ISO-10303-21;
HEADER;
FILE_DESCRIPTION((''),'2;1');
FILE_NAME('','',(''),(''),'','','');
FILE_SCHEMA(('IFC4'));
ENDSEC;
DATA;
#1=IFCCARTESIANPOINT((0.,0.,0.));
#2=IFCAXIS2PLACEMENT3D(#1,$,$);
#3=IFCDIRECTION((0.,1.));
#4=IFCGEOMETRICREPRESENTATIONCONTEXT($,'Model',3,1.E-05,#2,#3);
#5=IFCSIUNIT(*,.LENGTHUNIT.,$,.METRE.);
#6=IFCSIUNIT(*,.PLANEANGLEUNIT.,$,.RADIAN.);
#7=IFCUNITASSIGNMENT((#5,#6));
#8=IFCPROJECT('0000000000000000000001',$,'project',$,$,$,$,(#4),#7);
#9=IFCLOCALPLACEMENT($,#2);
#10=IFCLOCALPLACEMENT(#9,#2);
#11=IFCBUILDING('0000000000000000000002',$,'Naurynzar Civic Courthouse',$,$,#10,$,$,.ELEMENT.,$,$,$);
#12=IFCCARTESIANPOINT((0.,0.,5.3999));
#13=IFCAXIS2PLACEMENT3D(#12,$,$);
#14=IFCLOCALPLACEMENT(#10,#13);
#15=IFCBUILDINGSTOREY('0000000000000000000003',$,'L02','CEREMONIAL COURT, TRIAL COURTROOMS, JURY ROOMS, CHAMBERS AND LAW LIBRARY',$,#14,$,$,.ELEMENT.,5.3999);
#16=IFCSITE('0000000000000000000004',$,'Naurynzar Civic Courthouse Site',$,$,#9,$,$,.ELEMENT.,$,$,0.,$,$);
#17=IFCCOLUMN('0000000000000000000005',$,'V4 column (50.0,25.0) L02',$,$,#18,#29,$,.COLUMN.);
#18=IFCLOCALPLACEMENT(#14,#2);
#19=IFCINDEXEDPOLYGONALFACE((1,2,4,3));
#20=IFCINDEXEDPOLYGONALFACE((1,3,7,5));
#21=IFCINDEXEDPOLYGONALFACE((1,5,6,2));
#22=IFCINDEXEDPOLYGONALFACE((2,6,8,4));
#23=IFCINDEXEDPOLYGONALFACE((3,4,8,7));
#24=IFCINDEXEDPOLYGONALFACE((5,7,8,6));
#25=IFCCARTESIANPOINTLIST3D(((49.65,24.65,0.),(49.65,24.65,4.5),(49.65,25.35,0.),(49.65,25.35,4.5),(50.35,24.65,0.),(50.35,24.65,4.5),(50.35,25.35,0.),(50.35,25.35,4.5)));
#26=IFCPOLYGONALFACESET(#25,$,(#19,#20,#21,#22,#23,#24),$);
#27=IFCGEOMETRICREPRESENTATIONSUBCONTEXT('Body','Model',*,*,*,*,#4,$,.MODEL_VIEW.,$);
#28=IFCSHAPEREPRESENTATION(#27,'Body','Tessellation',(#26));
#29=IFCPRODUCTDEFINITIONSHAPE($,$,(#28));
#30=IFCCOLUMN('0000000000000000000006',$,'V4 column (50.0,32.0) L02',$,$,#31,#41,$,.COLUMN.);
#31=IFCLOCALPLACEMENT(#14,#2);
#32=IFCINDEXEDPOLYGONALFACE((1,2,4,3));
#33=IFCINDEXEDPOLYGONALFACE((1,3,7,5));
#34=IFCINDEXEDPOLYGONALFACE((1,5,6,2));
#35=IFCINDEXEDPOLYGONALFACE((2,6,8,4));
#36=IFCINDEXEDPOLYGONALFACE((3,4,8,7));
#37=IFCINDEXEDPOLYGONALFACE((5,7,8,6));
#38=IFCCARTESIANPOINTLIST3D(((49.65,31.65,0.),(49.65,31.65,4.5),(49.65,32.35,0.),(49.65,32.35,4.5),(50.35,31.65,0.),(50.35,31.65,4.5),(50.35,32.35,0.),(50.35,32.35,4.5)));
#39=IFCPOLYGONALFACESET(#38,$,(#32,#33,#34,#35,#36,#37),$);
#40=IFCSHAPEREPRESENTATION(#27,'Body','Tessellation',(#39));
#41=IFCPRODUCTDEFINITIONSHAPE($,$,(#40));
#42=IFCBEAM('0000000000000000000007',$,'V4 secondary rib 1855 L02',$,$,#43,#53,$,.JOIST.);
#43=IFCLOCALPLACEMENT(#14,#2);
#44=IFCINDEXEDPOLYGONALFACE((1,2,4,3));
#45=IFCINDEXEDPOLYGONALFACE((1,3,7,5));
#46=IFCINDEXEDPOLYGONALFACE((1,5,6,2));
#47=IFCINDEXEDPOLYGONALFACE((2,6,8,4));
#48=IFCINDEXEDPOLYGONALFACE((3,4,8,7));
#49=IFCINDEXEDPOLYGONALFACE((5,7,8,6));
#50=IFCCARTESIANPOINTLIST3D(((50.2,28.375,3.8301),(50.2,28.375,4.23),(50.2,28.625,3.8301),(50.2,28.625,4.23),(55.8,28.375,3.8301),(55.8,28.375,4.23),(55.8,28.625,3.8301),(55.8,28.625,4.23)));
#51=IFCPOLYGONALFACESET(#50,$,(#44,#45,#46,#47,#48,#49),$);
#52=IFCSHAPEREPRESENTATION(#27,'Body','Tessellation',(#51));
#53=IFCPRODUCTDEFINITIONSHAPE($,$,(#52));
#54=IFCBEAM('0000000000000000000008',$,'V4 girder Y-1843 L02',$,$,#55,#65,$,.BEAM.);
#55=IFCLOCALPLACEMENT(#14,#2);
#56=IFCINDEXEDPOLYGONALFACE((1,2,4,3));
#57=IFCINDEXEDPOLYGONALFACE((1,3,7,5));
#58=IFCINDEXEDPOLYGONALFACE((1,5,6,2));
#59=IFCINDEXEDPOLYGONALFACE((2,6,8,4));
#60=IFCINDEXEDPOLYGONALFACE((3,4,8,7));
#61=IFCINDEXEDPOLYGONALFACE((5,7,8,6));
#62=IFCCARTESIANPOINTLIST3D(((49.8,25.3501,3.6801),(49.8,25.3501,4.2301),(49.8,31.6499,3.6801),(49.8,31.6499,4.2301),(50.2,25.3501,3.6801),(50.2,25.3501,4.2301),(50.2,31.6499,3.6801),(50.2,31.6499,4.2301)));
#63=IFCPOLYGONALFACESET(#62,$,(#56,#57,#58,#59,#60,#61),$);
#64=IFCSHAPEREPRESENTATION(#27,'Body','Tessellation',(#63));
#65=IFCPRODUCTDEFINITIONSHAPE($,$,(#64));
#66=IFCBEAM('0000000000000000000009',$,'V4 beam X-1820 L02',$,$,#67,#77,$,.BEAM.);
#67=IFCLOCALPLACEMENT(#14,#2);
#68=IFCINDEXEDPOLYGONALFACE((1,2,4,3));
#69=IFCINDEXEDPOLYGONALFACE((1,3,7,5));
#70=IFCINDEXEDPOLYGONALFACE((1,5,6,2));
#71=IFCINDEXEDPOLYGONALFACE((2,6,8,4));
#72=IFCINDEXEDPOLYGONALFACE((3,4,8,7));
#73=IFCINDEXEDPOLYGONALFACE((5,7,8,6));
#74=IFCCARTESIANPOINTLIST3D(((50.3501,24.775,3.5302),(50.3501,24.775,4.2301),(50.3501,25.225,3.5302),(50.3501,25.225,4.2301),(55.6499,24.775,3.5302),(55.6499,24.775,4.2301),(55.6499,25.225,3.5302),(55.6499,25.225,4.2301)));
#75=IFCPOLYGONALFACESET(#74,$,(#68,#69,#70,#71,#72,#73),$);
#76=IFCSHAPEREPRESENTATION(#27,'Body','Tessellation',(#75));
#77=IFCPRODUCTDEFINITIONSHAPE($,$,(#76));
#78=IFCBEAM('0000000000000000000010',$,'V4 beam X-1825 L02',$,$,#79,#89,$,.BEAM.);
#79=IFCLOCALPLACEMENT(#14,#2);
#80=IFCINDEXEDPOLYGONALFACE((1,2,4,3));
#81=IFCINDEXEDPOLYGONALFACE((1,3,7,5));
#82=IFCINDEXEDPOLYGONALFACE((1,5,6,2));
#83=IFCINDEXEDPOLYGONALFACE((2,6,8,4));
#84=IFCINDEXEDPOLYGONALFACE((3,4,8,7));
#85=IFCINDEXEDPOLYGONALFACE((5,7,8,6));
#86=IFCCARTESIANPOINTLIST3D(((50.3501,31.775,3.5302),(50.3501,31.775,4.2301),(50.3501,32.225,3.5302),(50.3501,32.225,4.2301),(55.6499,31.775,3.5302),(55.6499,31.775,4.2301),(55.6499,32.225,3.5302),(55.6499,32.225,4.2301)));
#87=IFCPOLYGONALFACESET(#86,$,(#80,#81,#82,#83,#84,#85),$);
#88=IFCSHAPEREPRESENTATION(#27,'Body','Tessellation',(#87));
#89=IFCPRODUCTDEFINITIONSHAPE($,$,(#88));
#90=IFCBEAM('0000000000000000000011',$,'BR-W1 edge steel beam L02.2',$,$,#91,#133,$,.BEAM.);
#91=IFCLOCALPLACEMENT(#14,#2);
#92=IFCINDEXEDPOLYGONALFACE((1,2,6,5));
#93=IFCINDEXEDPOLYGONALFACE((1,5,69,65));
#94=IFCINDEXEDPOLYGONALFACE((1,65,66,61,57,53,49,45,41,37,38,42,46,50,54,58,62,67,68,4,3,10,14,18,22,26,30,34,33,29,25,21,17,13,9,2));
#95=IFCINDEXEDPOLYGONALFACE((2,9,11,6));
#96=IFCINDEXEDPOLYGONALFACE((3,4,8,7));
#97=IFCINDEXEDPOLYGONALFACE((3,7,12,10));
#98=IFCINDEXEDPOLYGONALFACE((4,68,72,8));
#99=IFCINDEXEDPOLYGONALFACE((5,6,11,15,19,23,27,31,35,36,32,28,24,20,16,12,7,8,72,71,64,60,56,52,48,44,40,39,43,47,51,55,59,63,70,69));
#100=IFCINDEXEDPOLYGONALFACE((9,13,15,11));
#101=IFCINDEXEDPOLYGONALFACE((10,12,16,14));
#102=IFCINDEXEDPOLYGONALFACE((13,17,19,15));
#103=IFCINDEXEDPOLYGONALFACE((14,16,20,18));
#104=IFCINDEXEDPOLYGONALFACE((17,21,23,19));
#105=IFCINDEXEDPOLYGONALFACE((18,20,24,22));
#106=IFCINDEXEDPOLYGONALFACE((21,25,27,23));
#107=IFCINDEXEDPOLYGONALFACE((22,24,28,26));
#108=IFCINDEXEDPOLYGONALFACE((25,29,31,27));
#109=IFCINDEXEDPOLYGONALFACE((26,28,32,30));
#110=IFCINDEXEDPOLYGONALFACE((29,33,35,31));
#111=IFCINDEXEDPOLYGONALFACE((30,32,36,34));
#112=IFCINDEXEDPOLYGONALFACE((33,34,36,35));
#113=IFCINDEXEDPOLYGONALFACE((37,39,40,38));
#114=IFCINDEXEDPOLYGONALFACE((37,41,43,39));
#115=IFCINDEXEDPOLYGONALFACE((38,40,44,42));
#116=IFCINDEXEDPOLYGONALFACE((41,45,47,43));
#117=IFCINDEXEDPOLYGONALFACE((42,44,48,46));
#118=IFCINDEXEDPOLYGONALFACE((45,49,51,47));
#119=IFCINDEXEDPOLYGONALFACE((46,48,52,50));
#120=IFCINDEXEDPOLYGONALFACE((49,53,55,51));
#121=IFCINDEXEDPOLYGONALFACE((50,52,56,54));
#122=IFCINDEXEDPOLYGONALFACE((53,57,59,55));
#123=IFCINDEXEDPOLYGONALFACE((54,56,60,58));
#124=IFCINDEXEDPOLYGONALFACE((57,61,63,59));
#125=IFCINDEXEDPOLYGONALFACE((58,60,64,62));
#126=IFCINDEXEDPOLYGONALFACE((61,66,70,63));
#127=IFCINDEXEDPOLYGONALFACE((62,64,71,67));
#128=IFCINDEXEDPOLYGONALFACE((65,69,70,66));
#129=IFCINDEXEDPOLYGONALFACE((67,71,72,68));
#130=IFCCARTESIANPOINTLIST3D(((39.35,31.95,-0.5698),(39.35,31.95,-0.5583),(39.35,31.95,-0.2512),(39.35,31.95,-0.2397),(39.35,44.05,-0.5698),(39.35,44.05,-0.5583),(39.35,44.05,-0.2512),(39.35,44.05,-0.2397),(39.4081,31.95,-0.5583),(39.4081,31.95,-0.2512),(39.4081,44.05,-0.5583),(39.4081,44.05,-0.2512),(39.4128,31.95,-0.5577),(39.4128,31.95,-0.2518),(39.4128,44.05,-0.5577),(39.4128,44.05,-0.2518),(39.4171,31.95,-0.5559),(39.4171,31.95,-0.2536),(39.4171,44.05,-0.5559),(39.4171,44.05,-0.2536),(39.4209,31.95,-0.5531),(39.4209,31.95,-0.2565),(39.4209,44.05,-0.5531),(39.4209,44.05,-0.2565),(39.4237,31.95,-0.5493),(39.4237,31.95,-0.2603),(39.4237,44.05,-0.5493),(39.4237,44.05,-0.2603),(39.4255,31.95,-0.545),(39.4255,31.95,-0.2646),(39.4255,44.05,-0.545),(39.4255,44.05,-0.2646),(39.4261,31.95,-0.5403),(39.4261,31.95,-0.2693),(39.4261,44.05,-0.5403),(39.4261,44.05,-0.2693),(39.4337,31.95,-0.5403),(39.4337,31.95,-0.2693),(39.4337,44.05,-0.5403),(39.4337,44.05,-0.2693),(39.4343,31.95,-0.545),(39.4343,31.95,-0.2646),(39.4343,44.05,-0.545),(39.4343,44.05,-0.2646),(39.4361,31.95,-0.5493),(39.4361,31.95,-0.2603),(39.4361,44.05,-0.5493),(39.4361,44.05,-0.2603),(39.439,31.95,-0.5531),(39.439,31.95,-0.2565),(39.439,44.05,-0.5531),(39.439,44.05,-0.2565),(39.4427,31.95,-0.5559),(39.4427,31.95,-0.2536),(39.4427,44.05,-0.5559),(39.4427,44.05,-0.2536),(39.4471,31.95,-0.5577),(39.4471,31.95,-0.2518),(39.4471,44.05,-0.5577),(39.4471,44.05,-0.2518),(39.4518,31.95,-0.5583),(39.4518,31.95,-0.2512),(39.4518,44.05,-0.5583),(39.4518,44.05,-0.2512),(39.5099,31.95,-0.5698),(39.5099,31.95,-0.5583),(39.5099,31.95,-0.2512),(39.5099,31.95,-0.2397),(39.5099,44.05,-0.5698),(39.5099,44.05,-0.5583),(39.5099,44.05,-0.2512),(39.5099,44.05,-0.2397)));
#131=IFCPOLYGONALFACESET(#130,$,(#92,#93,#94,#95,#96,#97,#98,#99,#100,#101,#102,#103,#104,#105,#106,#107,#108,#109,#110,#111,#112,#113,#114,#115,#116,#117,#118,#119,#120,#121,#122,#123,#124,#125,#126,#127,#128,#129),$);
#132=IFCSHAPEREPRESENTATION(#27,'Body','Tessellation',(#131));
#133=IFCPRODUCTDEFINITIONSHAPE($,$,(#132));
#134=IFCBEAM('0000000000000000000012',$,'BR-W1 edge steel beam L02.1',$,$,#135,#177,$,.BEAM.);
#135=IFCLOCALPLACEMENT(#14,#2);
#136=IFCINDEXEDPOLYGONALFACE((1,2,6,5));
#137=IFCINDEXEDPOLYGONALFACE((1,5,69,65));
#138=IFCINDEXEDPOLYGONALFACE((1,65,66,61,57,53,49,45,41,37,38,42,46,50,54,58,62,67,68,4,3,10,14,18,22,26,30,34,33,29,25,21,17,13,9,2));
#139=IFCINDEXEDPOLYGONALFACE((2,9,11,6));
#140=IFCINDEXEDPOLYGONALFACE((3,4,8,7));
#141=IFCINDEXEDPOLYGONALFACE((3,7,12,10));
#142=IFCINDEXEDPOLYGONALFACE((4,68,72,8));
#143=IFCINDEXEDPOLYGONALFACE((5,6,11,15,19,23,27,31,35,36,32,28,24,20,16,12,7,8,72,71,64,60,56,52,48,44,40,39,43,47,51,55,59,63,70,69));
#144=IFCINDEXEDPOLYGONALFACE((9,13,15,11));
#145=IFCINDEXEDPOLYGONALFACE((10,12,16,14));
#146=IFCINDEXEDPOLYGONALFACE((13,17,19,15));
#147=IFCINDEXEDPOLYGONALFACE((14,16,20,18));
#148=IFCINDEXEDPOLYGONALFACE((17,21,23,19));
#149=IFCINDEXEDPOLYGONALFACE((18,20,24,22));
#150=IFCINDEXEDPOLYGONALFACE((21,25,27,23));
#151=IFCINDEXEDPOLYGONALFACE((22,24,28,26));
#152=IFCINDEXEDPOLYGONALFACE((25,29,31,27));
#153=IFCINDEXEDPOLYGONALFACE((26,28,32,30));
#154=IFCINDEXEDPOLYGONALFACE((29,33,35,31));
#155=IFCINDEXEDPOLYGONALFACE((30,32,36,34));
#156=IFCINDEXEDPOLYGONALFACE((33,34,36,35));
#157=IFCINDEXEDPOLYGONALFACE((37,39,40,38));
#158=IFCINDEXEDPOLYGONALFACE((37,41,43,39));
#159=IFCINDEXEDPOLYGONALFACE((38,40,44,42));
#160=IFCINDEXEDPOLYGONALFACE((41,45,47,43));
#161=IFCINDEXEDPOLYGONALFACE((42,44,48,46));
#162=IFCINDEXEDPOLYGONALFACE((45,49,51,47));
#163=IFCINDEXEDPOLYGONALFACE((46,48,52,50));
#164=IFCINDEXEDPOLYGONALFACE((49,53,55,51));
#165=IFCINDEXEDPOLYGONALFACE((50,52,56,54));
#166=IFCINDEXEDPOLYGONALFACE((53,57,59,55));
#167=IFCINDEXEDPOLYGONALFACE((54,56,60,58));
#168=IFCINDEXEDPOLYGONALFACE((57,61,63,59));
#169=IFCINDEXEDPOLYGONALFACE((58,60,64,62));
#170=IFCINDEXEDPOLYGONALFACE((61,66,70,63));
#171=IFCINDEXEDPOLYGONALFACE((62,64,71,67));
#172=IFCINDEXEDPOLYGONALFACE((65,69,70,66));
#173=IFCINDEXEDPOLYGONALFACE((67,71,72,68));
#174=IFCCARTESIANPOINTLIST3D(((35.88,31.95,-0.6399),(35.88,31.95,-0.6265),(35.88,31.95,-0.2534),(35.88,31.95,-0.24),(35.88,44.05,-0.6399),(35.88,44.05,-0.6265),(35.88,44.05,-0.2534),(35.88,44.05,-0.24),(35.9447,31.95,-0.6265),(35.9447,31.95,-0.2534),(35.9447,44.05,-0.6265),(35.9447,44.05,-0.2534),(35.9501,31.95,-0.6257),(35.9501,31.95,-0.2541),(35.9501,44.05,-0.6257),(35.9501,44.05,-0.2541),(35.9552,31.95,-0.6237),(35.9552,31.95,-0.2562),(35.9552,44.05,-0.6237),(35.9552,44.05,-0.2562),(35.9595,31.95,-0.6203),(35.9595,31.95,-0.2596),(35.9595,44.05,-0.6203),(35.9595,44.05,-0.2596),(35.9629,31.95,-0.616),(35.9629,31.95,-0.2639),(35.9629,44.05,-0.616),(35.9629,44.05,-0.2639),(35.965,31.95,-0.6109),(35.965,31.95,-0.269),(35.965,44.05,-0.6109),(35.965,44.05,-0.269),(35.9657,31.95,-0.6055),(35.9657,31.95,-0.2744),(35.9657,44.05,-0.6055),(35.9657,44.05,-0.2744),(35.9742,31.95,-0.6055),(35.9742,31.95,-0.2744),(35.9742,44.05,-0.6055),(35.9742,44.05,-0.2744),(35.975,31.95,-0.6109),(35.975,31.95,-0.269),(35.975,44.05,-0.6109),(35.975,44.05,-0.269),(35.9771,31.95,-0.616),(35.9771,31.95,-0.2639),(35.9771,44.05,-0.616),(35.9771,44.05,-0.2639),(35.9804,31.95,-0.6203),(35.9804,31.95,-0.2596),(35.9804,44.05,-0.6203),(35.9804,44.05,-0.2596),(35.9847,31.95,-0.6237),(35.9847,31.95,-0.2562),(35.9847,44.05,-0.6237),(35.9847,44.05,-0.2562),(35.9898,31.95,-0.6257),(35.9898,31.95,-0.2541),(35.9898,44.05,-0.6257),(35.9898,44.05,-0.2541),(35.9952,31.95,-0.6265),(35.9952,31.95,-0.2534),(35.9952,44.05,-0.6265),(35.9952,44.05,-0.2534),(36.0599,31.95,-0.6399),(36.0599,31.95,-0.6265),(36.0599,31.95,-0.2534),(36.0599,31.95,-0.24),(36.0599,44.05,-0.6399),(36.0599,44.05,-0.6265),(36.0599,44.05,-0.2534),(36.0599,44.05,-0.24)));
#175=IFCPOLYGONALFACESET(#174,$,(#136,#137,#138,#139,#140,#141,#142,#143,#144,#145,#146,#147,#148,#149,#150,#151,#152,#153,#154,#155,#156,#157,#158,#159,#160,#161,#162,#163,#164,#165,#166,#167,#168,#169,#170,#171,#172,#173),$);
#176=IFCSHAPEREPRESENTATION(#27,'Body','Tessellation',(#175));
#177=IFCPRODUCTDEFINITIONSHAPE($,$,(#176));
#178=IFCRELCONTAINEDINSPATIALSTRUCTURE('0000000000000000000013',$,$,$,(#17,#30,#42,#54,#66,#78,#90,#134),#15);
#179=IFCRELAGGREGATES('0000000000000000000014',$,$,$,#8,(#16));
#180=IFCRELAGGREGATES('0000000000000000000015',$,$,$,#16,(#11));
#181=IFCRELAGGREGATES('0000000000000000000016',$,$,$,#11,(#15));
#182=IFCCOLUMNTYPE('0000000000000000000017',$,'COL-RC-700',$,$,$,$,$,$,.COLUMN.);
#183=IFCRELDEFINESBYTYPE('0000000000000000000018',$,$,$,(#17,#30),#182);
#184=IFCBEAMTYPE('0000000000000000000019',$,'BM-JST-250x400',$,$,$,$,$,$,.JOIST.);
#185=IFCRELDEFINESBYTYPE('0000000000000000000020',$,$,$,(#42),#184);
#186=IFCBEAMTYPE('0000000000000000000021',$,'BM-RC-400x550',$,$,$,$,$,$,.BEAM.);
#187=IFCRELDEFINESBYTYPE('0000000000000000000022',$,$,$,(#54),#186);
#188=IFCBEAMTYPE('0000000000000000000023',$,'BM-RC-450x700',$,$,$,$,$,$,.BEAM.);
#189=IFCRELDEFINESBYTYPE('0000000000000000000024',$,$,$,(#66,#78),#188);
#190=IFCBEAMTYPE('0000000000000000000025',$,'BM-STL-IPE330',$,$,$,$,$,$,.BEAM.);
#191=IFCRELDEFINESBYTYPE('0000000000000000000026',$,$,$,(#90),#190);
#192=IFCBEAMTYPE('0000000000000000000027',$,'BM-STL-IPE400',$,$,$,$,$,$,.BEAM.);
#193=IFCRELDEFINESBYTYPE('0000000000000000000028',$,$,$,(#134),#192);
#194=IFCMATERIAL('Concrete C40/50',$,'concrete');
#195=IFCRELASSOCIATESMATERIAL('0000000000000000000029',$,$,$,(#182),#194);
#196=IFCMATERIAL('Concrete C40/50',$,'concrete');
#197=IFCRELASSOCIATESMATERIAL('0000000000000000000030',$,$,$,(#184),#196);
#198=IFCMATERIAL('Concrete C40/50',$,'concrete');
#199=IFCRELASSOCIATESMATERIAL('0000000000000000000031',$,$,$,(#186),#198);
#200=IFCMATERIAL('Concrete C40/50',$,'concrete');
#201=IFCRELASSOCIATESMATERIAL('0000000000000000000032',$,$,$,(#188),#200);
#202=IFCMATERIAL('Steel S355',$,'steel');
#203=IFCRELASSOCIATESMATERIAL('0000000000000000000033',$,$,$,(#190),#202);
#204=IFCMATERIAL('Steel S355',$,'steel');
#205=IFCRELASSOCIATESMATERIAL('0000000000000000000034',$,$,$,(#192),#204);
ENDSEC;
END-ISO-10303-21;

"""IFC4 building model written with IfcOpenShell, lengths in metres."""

from ifc_helpers import new_model, si_unit, direction, frame, origin, origin_2d, place, context, subcontext, project, spatial, rectangle, i_section, extrude, material, material_profile, profile_set, type_object, element, save


model = new_model("IFC4")

# Units and contexts
model_context = context("Model", 3, precision=1e-05, world=origin(), true_north=direction((0.0, 1.0)))
body_context = subcontext(model_context, "Body", "Model", "MODEL_VIEW")
ifc_project = project(units=[si_unit("LENGTHUNIT", "METRE"), si_unit("PLANEANGLEUNIT", "RADIAN")], contexts=[model_context])

# Site, building, storey
site_placement = place(None, origin())
site = spatial("IfcSite", under=ifc_project, at=site_placement, Name="Naurynzar Civic Courthouse Site", CompositionType="ELEMENT", RefElevation=0.0)
building_placement = place(site_placement, origin())
building = spatial("IfcBuilding", under=site, at=building_placement, Name="Naurynzar Civic Courthouse", CompositionType="ELEMENT")
storey_placement = place(building_placement, frame((0.0, 0.0, 5.3999)))
storey = spatial("IfcBuildingStorey", under=building, at=storey_placement, Name="L02", Description="CEREMONIAL COURT, TRIAL COURTROOMS, JURY ROOMS, CHAMBERS AND LAW LIBRARY", CompositionType="ELEMENT", Elevation=5.3999)

# Columns
ifc_material_1 = material(Name="Concrete C40/50", Category="concrete")
ifc_material_profile_1 = material_profile(ifc_material_1, rectangle(XDim=0.7, YDim=0.7, at=origin_2d()), Name="RC 700x700")
ifc_profile_set_1 = profile_set([ifc_material_profile_1], Name="Concrete C40/50")
column_type = type_object("IfcColumnType", Name="COL-RC-700", PredefinedType="COLUMN", material=ifc_profile_set_1)
for number, where, z_axis, x_axis, name in (
    (1, (50.0, 25.0, 0.0), (0.0, 0.0, 1.0), (1.0, 0.0, 0.0), "V4 column (50.0,25.0) L02"),
    (2, (50.0, 32.0, 0.0), (0.0, 0.0, 1.0), (1.0, 0.0, 0.0), "V4 column (50.0,32.0) L02"),
):
    element("IfcColumn", number, at=place(storey_placement, frame(where, z_axis=z_axis, x_axis=x_axis)), inside=storey, type_object=column_type, Name=name, PredefinedType="COLUMN", context=body_context, shape_type="SweptSolid", body=[
        extrude(rectangle(XDim=0.7, YDim=0.7, at=origin_2d()), origin(), (0.0, 0.0, 1.0), 4.5),
    ])

# Beams
ifc_material_2 = material(Name="Concrete C40/50", Category="concrete")
ifc_material_profile_2 = material_profile(ifc_material_2, rectangle(XDim=0.25, YDim=0.3999, at=origin_2d()), Name="RCB 250x400")
ifc_profile_set_2 = profile_set([ifc_material_profile_2], Name="Concrete C40/50")
beam_type_1 = type_object("IfcBeamType", Name="BM-JST-250x400", PredefinedType="JOIST", material=ifc_profile_set_2)
beam_1_placement = place(storey_placement, frame((50.2, 28.5, 4.03), z_axis=(1.0, 0.0, 0.0), x_axis=(0.0, 1.0, 0.0)))
element("IfcBeam", 3, at=beam_1_placement, inside=storey, type_object=beam_type_1, Name="V4 secondary rib 1855 L02", PredefinedType="JOIST", context=body_context, shape_type="SweptSolid", body=[
    extrude(rectangle(XDim=0.25, YDim=0.3999, at=origin_2d()), origin(), (0.0, 0.0, 1.0), 5.6001),
])
ifc_material_3 = material(Name="Concrete C40/50", Category="concrete")
ifc_material_profile_3 = material_profile(ifc_material_3, rectangle(XDim=0.3999, YDim=0.55, at=origin_2d()), Name="RCB 400x550")
ifc_profile_set_3 = profile_set([ifc_material_profile_3], Name="Concrete C40/50")
beam_type_2 = type_object("IfcBeamType", Name="BM-RC-400x550", PredefinedType="BEAM", material=ifc_profile_set_3)
beam_2_placement = place(storey_placement, frame((50.0, 25.3501, 3.9551), z_axis=(0.0, 1.0, 0.0), x_axis=(-1.0, 0.0, 0.0)))
element("IfcBeam", 4, at=beam_2_placement, inside=storey, type_object=beam_type_2, Name="V4 girder Y-1843 L02", PredefinedType="BEAM", context=body_context, shape_type="SweptSolid", body=[
    extrude(rectangle(XDim=0.3999, YDim=0.55, at=origin_2d()), origin(), (0.0, 0.0, 1.0), 6.2998),
])
ifc_material_4 = material(Name="Concrete C40/50", Category="concrete")
ifc_material_profile_4 = material_profile(ifc_material_4, rectangle(XDim=0.45, YDim=0.7, at=origin_2d()), Name="RCB 450x700")
ifc_profile_set_4 = profile_set([ifc_material_profile_4], Name="Concrete C40/50")
beam_type_3 = type_object("IfcBeamType", Name="BM-RC-450x700", PredefinedType="BEAM", material=ifc_profile_set_4)
for number, where, z_axis, x_axis, name in (
    (5, (50.3501, 25.0, 3.8801), (1.0, 0.0, 0.0), (0.0, 1.0, 0.0), "V4 beam X-1820 L02"),
    (6, (50.3501, 32.0, 3.8801), (1.0, 0.0, 0.0), (0.0, 1.0, 0.0), "V4 beam X-1825 L02"),
):
    element("IfcBeam", number, at=place(storey_placement, frame(where, z_axis=z_axis, x_axis=x_axis)), inside=storey, type_object=beam_type_3, Name=name, PredefinedType="BEAM", context=body_context, shape_type="SweptSolid", body=[
        extrude(rectangle(XDim=0.45, YDim=0.7, at=origin_2d()), origin(), (0.0, 0.0, 1.0), 5.2998),
    ])
ifc_material_5 = material(Name="Steel S355", Category="steel")
ifc_material_profile_5 = material_profile(ifc_material_5, i_section(OverallWidth=0.1599, OverallDepth=0.3301, WebThickness=0.0076, FlangeThickness=0.0115, FilletRadius=0.0181, at=origin_2d()), Name="IPE 330")
ifc_profile_set_5 = profile_set([ifc_material_profile_5], Name="Steel S355")
beam_type_4 = type_object("IfcBeamType", Name="BM-STL-IPE330", PredefinedType="BEAM", material=ifc_profile_set_5)
beam_3_placement = place(storey_placement, frame((39.4299, 31.95, -0.4048), z_axis=(0.0, 1.0, 0.0), x_axis=(-1.0, 0.0, 0.0)))
element("IfcBeam", 7, at=beam_3_placement, inside=storey, type_object=beam_type_4, Name="BR-W1 edge steel beam L02.2", PredefinedType="BEAM", context=body_context, shape_type="SweptSolid", body=[
    extrude(i_section(OverallWidth=0.1599, OverallDepth=0.3301, WebThickness=0.0076, FlangeThickness=0.0115, FilletRadius=0.0181, at=origin_2d()), origin(), (0.0, 0.0, 1.0), 12.1001),
])
ifc_material_6 = material(Name="Steel S355", Category="steel")
ifc_material_profile_6 = material_profile(ifc_material_6, i_section(OverallWidth=0.1799, OverallDepth=0.3999, WebThickness=0.0085, FlangeThickness=0.0134, FilletRadius=0.021, at=origin_2d()), Name="IPE 400")
ifc_profile_set_6 = profile_set([ifc_material_profile_6], Name="Steel S355")
beam_type_5 = type_object("IfcBeamType", Name="BM-STL-IPE400", PredefinedType="BEAM", material=ifc_profile_set_6)
beam_4_placement = place(storey_placement, frame((35.97, 31.95, -0.4399), z_axis=(0.0, 1.0, 0.0), x_axis=(-1.0, 0.0, 0.0)))
element("IfcBeam", 8, at=beam_4_placement, inside=storey, type_object=beam_type_5, Name="BR-W1 edge steel beam L02.1", PredefinedType="BEAM", context=body_context, shape_type="SweptSolid", body=[
    extrude(i_section(OverallWidth=0.1799, OverallDepth=0.3999, WebThickness=0.0085, FlangeThickness=0.0134, FilletRadius=0.021, at=origin_2d()), origin(), (0.0, 0.0, 1.0), 12.1001),
])

save(model, "model.ifc")
